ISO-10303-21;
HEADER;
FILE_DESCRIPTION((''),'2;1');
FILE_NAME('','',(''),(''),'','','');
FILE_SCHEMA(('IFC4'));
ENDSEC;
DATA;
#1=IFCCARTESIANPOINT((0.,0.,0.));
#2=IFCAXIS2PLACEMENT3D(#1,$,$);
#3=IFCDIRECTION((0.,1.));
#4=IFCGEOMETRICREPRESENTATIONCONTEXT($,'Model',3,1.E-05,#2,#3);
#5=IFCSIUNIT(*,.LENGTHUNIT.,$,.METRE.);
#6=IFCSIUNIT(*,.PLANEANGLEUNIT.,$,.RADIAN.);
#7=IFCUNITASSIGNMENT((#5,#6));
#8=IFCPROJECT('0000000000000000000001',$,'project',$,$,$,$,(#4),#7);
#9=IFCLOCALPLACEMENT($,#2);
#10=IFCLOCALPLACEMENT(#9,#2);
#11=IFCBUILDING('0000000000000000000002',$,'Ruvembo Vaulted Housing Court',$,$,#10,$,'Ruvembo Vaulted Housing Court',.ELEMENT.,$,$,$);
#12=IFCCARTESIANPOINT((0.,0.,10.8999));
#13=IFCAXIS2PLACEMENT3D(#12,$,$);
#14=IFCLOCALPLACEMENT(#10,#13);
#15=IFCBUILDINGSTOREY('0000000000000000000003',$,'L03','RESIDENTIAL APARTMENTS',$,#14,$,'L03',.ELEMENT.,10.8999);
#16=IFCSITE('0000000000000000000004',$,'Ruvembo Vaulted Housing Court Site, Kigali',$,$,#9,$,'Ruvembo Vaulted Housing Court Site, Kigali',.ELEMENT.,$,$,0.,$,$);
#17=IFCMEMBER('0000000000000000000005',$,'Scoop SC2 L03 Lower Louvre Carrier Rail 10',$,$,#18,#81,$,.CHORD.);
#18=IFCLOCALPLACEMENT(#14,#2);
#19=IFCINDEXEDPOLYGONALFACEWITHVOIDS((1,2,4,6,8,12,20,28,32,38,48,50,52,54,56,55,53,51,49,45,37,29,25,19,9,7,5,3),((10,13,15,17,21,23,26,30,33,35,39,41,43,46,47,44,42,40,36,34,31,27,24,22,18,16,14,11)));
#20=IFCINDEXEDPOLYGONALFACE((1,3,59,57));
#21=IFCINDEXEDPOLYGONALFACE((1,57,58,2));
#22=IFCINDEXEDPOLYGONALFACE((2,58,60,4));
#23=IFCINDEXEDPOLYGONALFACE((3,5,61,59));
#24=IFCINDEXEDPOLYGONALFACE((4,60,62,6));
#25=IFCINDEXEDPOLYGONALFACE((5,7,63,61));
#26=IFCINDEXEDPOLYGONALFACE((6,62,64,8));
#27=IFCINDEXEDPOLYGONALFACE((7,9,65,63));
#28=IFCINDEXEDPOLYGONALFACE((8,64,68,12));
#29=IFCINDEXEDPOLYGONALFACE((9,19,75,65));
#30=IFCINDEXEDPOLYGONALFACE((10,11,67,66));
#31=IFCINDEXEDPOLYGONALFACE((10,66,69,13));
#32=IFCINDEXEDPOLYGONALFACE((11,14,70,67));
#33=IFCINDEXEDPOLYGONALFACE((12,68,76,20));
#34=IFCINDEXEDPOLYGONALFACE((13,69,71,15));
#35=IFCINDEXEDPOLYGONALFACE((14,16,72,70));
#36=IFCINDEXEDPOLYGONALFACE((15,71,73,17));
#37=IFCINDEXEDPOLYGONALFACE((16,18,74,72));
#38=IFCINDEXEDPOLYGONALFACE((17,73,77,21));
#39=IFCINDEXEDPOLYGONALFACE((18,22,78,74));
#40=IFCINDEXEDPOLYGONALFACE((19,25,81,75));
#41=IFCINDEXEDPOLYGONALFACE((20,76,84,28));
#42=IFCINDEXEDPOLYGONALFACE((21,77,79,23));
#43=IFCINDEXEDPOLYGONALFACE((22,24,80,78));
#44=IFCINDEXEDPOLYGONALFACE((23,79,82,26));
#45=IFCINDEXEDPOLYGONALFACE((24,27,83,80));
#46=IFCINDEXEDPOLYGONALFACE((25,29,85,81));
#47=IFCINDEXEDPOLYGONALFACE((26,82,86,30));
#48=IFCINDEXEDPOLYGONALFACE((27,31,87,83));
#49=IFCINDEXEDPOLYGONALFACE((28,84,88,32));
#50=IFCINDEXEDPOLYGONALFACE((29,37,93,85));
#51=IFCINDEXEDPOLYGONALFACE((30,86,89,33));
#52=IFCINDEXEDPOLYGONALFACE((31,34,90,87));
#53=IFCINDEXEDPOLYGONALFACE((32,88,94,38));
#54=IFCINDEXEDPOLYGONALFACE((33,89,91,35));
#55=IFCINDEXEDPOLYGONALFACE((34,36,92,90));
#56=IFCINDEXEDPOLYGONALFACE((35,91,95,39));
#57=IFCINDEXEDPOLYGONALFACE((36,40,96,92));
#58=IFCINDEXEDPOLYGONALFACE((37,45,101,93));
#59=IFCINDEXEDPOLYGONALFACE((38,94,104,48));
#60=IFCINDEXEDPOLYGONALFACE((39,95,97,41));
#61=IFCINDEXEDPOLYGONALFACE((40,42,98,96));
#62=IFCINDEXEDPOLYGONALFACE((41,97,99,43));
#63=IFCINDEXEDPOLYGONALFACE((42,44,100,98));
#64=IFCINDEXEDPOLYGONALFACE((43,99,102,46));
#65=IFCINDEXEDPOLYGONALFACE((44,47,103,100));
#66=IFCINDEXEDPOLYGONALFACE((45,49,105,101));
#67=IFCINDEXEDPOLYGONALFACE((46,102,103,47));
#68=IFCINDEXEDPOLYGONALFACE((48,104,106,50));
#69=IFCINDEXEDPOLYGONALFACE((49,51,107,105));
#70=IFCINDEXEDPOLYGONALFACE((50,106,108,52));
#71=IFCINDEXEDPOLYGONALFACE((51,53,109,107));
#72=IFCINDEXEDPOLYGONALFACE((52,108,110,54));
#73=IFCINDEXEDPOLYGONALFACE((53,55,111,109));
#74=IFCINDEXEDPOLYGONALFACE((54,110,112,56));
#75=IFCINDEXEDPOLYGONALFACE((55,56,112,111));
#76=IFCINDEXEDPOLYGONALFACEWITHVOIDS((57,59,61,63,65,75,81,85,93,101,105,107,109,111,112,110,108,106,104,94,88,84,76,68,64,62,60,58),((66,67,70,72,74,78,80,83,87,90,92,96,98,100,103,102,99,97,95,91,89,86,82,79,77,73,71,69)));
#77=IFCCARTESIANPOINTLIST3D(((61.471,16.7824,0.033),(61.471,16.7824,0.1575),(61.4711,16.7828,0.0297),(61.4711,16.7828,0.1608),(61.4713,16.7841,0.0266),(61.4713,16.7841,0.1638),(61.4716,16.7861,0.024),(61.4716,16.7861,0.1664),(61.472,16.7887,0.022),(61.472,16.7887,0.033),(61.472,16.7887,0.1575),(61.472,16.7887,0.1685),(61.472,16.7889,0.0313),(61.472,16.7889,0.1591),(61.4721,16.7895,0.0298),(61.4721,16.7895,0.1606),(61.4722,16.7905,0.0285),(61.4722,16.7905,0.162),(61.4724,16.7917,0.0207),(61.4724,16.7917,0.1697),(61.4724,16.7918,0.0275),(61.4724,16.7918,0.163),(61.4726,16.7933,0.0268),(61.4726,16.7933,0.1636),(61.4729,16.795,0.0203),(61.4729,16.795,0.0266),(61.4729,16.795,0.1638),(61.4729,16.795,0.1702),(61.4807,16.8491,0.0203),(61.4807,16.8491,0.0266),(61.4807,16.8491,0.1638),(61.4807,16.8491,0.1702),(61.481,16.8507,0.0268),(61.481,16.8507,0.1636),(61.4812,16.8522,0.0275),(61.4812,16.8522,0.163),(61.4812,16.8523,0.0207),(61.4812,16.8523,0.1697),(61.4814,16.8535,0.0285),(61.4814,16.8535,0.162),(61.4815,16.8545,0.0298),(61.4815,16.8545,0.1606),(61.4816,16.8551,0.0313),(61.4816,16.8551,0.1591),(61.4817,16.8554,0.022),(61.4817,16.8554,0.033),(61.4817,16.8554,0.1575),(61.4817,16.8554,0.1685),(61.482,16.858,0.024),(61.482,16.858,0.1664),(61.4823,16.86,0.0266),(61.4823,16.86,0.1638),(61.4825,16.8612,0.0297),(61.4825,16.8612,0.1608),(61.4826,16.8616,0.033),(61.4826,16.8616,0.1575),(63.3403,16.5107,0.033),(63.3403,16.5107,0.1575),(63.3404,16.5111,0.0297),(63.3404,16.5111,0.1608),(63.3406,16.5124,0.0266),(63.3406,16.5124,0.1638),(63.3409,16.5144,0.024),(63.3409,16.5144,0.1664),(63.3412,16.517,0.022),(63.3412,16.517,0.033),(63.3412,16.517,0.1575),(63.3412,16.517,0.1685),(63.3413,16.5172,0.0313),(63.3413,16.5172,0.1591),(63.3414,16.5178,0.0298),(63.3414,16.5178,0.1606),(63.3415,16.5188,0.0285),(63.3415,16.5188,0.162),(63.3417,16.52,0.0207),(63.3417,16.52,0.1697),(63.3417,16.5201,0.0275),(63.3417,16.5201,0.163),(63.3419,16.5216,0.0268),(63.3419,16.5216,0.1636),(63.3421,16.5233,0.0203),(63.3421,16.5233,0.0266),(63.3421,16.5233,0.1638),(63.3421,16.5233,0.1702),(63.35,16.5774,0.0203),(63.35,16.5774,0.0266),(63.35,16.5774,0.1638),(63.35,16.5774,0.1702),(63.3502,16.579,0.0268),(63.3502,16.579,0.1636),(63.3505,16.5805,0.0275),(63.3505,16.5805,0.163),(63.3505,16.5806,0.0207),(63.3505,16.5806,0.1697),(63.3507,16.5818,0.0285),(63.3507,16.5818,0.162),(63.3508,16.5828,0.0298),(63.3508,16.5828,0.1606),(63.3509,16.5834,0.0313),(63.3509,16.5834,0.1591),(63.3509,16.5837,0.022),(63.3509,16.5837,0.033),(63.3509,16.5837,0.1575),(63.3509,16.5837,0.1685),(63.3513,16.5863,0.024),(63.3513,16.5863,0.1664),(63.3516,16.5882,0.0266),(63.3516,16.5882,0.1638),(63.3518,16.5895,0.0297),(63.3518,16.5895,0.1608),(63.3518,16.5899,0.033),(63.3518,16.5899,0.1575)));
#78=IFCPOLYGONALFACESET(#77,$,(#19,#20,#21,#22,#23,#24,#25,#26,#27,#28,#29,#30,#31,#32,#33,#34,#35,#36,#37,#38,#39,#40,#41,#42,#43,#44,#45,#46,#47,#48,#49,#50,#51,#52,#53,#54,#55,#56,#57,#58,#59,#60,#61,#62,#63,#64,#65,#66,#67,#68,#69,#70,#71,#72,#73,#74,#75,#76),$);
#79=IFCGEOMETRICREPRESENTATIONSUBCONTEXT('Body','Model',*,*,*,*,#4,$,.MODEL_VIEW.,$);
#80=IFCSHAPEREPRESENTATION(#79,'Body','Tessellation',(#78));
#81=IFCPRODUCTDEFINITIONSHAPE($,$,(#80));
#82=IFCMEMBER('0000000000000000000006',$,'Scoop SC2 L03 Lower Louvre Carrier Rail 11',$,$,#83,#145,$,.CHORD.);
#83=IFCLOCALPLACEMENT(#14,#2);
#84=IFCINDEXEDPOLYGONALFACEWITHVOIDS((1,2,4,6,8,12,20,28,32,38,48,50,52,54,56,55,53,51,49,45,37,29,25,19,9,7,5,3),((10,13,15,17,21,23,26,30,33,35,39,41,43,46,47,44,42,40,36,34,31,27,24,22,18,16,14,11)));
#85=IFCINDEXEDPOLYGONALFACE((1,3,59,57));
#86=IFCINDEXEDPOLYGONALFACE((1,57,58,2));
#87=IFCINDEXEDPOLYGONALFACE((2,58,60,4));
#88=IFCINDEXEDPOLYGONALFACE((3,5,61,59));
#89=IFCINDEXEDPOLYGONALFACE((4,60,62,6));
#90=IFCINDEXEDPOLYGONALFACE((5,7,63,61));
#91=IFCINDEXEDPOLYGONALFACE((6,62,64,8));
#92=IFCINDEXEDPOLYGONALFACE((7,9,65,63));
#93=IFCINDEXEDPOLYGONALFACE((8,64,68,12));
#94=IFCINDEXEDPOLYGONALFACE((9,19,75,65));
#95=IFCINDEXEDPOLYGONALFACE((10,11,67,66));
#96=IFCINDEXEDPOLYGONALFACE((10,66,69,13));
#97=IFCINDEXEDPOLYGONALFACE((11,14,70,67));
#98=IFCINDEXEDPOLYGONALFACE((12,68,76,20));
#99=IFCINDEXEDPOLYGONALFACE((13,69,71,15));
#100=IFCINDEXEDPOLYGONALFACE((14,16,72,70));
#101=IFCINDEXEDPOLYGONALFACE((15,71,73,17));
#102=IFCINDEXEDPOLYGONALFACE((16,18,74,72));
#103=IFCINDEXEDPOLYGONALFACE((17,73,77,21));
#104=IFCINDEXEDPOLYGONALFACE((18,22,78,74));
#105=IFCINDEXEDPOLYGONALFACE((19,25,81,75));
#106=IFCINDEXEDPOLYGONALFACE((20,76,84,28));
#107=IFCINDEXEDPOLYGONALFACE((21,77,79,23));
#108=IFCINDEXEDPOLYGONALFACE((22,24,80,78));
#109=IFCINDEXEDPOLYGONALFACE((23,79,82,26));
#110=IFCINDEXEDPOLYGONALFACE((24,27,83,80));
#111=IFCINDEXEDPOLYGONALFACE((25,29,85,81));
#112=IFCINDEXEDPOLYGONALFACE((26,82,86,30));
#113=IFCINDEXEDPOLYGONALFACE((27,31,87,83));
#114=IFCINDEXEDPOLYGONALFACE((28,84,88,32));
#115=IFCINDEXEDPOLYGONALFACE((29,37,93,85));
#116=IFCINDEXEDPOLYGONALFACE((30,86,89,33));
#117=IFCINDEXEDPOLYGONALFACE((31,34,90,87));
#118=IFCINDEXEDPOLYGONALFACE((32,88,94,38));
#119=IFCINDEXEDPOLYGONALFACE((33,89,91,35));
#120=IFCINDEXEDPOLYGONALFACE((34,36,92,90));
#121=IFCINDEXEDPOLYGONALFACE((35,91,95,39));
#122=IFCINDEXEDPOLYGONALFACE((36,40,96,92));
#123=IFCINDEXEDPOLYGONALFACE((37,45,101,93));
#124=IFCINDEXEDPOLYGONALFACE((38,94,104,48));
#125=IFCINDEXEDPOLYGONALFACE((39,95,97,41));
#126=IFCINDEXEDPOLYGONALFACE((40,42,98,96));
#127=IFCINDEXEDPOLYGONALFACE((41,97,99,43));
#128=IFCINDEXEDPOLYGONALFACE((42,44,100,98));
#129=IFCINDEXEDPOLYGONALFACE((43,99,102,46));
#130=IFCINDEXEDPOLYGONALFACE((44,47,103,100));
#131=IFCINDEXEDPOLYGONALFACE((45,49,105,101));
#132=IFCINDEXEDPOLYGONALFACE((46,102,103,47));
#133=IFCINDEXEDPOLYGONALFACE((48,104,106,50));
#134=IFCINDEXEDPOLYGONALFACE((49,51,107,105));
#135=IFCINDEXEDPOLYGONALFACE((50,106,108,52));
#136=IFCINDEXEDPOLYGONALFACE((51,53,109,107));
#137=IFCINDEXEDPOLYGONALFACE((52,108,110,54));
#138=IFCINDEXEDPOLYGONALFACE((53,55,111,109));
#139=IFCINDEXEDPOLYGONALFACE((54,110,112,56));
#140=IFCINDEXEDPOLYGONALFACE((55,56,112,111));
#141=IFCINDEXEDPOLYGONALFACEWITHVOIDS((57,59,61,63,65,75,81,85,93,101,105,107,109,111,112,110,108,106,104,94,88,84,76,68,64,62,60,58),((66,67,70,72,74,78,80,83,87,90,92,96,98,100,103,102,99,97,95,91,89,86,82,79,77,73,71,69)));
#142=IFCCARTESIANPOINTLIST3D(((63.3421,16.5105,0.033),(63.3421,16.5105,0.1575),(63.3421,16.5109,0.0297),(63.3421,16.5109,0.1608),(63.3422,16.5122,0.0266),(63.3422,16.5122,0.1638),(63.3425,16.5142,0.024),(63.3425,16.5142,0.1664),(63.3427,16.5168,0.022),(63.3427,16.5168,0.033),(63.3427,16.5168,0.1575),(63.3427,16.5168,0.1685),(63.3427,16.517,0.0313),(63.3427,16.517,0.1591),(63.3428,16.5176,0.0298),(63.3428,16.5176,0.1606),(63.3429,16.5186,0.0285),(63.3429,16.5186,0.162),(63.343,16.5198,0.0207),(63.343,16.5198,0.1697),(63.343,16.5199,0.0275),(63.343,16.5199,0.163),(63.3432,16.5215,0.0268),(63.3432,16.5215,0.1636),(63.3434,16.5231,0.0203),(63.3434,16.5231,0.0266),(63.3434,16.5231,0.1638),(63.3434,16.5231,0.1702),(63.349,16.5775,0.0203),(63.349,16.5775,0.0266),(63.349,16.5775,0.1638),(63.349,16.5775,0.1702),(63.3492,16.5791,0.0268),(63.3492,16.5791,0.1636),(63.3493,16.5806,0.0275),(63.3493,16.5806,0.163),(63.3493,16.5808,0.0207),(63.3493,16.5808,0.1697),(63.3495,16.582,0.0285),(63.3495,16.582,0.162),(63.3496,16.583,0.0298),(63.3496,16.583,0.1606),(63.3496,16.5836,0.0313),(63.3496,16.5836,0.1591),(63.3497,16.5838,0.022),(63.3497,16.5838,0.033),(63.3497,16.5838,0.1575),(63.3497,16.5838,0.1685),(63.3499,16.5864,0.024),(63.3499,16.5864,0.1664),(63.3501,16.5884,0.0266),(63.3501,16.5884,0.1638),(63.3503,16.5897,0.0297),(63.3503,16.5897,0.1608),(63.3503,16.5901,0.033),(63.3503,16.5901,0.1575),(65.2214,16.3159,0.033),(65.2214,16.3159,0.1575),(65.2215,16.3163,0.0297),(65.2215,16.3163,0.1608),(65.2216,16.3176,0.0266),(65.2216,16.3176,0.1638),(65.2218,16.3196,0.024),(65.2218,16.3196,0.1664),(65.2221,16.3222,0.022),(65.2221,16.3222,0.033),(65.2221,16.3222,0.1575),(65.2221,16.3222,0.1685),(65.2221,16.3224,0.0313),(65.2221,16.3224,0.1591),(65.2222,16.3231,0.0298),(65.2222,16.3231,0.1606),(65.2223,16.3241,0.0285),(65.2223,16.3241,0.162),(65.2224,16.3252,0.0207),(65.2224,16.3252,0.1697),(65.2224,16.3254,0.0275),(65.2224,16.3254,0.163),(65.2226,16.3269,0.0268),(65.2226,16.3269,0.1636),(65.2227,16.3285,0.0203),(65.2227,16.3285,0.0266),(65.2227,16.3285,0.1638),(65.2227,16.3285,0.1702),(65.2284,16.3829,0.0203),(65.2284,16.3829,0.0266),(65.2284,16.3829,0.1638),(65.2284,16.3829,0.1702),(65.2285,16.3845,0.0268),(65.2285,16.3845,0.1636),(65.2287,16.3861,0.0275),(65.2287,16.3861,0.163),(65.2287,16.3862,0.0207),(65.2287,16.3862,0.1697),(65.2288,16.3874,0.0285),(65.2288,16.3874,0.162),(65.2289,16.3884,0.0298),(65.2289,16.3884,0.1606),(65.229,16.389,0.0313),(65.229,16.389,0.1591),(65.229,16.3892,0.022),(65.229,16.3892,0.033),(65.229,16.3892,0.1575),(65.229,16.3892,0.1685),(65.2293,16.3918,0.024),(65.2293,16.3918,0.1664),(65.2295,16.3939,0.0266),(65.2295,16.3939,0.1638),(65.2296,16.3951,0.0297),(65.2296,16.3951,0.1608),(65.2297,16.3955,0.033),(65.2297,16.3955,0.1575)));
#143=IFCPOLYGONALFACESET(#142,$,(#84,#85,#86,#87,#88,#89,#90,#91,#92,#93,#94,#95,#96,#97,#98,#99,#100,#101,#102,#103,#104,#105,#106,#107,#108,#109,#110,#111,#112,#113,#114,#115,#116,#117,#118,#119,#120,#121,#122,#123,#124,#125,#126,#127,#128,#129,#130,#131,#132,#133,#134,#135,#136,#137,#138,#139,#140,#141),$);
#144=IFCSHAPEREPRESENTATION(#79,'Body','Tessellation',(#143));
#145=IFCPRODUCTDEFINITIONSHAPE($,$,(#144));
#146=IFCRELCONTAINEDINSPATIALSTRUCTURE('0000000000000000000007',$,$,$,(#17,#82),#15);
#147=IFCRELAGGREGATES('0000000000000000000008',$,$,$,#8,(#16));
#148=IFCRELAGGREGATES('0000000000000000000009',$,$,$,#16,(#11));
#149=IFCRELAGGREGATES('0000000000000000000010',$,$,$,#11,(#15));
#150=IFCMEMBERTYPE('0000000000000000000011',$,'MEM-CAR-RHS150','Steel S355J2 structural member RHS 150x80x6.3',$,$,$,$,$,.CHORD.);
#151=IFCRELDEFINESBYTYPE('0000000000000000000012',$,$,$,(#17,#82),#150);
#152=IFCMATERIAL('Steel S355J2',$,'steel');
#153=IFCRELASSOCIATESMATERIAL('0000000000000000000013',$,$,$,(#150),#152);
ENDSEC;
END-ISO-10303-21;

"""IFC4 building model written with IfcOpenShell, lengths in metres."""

from ifc_helpers import new_model, si_unit, direction, frame, origin, origin_2d, place, context, subcontext, project, spatial, hollow_rectangle, extrude, material, material_profile, profile_set, type_object, element, save


model = new_model("IFC4")

# Units and contexts
model_context = context("Model", 3, precision=1e-05, world=origin(), true_north=direction((0.0, 1.0)))
body_context = subcontext(model_context, "Body", "Model", "MODEL_VIEW")
ifc_project = project(units=[si_unit("LENGTHUNIT", "METRE"), si_unit("PLANEANGLEUNIT", "RADIAN")], contexts=[model_context])

# Site, building, storey
site_placement = place(None, origin())
site = spatial("IfcSite", under=ifc_project, at=site_placement, Name="Ruvembo Vaulted Housing Court Site, Kigali", LongName="Ruvembo Vaulted Housing Court Site, Kigali", CompositionType="ELEMENT", RefElevation=0.0)
building_placement = place(site_placement, origin())
building = spatial("IfcBuilding", under=site, at=building_placement, Name="Ruvembo Vaulted Housing Court", LongName="Ruvembo Vaulted Housing Court", CompositionType="ELEMENT")
storey_placement = place(building_placement, frame((0.0, 0.0, 10.8999)))
storey = spatial("IfcBuildingStorey", under=building, at=storey_placement, Name="L03", Description="RESIDENTIAL APARTMENTS", LongName="L03", CompositionType="ELEMENT", Elevation=10.8999)

# Shared definitions
ifc_material_1 = material(Name="Steel S355J2", Category="steel")

# Members
ifc_material_profile_1 = material_profile(ifc_material_1, hollow_rectangle(XDim=0.0801, YDim=0.1499, WallThickness=0.0063, InnerFilletRadius=0.0063, OuterFilletRadius=0.0127, at=origin_2d()), Name="RHS 150x80x6.3")
ifc_profile_set_1 = profile_set([ifc_material_profile_1], Name="Steel S355J2")
member_type_1 = type_object("IfcMemberType", Name="MEM-CAR-RHS150", Description="Steel S355J2 structural member RHS 150x80x6.3", PredefinedType="CHORD", material=ifc_profile_set_1)
member_1_placement = place(storey_placement, frame((61.4768, 16.822, 0.0952), z_axis=(0.9896, -0.143845, 0.0), x_axis=(0.143845, 0.9896, 0.0)))
element("IfcMember", 1, at=member_1_placement, inside=storey, type_object=member_type_1, Name="Scoop SC2 L03 Lower Louvre Carrier Rail 10", PredefinedType="CHORD", context=body_context, shape_type="SweptSolid", body=[
    extrude(hollow_rectangle(XDim=0.0801, YDim=0.1499, WallThickness=0.0063, InnerFilletRadius=0.0063, OuterFilletRadius=0.0127, at=origin_2d()), origin(), (0.0, 0.0, 1.0), 1.8889),
])
member_2_placement = place(storey_placement, frame((63.3462, 16.5503, 0.0952), z_axis=(0.994683, -0.102983, 0.0), x_axis=(0.102983, 0.994683, 0.0)))
element("IfcMember", 2, at=member_2_placement, inside=storey, type_object=member_type_1, Name="Scoop SC2 L03 Lower Louvre Carrier Rail 11", PredefinedType="CHORD", context=body_context, shape_type="SweptSolid", body=[
    extrude(hollow_rectangle(XDim=0.0801, YDim=0.1499, WallThickness=0.0063, InnerFilletRadius=0.0063, OuterFilletRadius=0.0127, at=origin_2d()), origin(), (0.0, 0.0, 1.0), 1.8894),
])

save(model, "model.ifc")
